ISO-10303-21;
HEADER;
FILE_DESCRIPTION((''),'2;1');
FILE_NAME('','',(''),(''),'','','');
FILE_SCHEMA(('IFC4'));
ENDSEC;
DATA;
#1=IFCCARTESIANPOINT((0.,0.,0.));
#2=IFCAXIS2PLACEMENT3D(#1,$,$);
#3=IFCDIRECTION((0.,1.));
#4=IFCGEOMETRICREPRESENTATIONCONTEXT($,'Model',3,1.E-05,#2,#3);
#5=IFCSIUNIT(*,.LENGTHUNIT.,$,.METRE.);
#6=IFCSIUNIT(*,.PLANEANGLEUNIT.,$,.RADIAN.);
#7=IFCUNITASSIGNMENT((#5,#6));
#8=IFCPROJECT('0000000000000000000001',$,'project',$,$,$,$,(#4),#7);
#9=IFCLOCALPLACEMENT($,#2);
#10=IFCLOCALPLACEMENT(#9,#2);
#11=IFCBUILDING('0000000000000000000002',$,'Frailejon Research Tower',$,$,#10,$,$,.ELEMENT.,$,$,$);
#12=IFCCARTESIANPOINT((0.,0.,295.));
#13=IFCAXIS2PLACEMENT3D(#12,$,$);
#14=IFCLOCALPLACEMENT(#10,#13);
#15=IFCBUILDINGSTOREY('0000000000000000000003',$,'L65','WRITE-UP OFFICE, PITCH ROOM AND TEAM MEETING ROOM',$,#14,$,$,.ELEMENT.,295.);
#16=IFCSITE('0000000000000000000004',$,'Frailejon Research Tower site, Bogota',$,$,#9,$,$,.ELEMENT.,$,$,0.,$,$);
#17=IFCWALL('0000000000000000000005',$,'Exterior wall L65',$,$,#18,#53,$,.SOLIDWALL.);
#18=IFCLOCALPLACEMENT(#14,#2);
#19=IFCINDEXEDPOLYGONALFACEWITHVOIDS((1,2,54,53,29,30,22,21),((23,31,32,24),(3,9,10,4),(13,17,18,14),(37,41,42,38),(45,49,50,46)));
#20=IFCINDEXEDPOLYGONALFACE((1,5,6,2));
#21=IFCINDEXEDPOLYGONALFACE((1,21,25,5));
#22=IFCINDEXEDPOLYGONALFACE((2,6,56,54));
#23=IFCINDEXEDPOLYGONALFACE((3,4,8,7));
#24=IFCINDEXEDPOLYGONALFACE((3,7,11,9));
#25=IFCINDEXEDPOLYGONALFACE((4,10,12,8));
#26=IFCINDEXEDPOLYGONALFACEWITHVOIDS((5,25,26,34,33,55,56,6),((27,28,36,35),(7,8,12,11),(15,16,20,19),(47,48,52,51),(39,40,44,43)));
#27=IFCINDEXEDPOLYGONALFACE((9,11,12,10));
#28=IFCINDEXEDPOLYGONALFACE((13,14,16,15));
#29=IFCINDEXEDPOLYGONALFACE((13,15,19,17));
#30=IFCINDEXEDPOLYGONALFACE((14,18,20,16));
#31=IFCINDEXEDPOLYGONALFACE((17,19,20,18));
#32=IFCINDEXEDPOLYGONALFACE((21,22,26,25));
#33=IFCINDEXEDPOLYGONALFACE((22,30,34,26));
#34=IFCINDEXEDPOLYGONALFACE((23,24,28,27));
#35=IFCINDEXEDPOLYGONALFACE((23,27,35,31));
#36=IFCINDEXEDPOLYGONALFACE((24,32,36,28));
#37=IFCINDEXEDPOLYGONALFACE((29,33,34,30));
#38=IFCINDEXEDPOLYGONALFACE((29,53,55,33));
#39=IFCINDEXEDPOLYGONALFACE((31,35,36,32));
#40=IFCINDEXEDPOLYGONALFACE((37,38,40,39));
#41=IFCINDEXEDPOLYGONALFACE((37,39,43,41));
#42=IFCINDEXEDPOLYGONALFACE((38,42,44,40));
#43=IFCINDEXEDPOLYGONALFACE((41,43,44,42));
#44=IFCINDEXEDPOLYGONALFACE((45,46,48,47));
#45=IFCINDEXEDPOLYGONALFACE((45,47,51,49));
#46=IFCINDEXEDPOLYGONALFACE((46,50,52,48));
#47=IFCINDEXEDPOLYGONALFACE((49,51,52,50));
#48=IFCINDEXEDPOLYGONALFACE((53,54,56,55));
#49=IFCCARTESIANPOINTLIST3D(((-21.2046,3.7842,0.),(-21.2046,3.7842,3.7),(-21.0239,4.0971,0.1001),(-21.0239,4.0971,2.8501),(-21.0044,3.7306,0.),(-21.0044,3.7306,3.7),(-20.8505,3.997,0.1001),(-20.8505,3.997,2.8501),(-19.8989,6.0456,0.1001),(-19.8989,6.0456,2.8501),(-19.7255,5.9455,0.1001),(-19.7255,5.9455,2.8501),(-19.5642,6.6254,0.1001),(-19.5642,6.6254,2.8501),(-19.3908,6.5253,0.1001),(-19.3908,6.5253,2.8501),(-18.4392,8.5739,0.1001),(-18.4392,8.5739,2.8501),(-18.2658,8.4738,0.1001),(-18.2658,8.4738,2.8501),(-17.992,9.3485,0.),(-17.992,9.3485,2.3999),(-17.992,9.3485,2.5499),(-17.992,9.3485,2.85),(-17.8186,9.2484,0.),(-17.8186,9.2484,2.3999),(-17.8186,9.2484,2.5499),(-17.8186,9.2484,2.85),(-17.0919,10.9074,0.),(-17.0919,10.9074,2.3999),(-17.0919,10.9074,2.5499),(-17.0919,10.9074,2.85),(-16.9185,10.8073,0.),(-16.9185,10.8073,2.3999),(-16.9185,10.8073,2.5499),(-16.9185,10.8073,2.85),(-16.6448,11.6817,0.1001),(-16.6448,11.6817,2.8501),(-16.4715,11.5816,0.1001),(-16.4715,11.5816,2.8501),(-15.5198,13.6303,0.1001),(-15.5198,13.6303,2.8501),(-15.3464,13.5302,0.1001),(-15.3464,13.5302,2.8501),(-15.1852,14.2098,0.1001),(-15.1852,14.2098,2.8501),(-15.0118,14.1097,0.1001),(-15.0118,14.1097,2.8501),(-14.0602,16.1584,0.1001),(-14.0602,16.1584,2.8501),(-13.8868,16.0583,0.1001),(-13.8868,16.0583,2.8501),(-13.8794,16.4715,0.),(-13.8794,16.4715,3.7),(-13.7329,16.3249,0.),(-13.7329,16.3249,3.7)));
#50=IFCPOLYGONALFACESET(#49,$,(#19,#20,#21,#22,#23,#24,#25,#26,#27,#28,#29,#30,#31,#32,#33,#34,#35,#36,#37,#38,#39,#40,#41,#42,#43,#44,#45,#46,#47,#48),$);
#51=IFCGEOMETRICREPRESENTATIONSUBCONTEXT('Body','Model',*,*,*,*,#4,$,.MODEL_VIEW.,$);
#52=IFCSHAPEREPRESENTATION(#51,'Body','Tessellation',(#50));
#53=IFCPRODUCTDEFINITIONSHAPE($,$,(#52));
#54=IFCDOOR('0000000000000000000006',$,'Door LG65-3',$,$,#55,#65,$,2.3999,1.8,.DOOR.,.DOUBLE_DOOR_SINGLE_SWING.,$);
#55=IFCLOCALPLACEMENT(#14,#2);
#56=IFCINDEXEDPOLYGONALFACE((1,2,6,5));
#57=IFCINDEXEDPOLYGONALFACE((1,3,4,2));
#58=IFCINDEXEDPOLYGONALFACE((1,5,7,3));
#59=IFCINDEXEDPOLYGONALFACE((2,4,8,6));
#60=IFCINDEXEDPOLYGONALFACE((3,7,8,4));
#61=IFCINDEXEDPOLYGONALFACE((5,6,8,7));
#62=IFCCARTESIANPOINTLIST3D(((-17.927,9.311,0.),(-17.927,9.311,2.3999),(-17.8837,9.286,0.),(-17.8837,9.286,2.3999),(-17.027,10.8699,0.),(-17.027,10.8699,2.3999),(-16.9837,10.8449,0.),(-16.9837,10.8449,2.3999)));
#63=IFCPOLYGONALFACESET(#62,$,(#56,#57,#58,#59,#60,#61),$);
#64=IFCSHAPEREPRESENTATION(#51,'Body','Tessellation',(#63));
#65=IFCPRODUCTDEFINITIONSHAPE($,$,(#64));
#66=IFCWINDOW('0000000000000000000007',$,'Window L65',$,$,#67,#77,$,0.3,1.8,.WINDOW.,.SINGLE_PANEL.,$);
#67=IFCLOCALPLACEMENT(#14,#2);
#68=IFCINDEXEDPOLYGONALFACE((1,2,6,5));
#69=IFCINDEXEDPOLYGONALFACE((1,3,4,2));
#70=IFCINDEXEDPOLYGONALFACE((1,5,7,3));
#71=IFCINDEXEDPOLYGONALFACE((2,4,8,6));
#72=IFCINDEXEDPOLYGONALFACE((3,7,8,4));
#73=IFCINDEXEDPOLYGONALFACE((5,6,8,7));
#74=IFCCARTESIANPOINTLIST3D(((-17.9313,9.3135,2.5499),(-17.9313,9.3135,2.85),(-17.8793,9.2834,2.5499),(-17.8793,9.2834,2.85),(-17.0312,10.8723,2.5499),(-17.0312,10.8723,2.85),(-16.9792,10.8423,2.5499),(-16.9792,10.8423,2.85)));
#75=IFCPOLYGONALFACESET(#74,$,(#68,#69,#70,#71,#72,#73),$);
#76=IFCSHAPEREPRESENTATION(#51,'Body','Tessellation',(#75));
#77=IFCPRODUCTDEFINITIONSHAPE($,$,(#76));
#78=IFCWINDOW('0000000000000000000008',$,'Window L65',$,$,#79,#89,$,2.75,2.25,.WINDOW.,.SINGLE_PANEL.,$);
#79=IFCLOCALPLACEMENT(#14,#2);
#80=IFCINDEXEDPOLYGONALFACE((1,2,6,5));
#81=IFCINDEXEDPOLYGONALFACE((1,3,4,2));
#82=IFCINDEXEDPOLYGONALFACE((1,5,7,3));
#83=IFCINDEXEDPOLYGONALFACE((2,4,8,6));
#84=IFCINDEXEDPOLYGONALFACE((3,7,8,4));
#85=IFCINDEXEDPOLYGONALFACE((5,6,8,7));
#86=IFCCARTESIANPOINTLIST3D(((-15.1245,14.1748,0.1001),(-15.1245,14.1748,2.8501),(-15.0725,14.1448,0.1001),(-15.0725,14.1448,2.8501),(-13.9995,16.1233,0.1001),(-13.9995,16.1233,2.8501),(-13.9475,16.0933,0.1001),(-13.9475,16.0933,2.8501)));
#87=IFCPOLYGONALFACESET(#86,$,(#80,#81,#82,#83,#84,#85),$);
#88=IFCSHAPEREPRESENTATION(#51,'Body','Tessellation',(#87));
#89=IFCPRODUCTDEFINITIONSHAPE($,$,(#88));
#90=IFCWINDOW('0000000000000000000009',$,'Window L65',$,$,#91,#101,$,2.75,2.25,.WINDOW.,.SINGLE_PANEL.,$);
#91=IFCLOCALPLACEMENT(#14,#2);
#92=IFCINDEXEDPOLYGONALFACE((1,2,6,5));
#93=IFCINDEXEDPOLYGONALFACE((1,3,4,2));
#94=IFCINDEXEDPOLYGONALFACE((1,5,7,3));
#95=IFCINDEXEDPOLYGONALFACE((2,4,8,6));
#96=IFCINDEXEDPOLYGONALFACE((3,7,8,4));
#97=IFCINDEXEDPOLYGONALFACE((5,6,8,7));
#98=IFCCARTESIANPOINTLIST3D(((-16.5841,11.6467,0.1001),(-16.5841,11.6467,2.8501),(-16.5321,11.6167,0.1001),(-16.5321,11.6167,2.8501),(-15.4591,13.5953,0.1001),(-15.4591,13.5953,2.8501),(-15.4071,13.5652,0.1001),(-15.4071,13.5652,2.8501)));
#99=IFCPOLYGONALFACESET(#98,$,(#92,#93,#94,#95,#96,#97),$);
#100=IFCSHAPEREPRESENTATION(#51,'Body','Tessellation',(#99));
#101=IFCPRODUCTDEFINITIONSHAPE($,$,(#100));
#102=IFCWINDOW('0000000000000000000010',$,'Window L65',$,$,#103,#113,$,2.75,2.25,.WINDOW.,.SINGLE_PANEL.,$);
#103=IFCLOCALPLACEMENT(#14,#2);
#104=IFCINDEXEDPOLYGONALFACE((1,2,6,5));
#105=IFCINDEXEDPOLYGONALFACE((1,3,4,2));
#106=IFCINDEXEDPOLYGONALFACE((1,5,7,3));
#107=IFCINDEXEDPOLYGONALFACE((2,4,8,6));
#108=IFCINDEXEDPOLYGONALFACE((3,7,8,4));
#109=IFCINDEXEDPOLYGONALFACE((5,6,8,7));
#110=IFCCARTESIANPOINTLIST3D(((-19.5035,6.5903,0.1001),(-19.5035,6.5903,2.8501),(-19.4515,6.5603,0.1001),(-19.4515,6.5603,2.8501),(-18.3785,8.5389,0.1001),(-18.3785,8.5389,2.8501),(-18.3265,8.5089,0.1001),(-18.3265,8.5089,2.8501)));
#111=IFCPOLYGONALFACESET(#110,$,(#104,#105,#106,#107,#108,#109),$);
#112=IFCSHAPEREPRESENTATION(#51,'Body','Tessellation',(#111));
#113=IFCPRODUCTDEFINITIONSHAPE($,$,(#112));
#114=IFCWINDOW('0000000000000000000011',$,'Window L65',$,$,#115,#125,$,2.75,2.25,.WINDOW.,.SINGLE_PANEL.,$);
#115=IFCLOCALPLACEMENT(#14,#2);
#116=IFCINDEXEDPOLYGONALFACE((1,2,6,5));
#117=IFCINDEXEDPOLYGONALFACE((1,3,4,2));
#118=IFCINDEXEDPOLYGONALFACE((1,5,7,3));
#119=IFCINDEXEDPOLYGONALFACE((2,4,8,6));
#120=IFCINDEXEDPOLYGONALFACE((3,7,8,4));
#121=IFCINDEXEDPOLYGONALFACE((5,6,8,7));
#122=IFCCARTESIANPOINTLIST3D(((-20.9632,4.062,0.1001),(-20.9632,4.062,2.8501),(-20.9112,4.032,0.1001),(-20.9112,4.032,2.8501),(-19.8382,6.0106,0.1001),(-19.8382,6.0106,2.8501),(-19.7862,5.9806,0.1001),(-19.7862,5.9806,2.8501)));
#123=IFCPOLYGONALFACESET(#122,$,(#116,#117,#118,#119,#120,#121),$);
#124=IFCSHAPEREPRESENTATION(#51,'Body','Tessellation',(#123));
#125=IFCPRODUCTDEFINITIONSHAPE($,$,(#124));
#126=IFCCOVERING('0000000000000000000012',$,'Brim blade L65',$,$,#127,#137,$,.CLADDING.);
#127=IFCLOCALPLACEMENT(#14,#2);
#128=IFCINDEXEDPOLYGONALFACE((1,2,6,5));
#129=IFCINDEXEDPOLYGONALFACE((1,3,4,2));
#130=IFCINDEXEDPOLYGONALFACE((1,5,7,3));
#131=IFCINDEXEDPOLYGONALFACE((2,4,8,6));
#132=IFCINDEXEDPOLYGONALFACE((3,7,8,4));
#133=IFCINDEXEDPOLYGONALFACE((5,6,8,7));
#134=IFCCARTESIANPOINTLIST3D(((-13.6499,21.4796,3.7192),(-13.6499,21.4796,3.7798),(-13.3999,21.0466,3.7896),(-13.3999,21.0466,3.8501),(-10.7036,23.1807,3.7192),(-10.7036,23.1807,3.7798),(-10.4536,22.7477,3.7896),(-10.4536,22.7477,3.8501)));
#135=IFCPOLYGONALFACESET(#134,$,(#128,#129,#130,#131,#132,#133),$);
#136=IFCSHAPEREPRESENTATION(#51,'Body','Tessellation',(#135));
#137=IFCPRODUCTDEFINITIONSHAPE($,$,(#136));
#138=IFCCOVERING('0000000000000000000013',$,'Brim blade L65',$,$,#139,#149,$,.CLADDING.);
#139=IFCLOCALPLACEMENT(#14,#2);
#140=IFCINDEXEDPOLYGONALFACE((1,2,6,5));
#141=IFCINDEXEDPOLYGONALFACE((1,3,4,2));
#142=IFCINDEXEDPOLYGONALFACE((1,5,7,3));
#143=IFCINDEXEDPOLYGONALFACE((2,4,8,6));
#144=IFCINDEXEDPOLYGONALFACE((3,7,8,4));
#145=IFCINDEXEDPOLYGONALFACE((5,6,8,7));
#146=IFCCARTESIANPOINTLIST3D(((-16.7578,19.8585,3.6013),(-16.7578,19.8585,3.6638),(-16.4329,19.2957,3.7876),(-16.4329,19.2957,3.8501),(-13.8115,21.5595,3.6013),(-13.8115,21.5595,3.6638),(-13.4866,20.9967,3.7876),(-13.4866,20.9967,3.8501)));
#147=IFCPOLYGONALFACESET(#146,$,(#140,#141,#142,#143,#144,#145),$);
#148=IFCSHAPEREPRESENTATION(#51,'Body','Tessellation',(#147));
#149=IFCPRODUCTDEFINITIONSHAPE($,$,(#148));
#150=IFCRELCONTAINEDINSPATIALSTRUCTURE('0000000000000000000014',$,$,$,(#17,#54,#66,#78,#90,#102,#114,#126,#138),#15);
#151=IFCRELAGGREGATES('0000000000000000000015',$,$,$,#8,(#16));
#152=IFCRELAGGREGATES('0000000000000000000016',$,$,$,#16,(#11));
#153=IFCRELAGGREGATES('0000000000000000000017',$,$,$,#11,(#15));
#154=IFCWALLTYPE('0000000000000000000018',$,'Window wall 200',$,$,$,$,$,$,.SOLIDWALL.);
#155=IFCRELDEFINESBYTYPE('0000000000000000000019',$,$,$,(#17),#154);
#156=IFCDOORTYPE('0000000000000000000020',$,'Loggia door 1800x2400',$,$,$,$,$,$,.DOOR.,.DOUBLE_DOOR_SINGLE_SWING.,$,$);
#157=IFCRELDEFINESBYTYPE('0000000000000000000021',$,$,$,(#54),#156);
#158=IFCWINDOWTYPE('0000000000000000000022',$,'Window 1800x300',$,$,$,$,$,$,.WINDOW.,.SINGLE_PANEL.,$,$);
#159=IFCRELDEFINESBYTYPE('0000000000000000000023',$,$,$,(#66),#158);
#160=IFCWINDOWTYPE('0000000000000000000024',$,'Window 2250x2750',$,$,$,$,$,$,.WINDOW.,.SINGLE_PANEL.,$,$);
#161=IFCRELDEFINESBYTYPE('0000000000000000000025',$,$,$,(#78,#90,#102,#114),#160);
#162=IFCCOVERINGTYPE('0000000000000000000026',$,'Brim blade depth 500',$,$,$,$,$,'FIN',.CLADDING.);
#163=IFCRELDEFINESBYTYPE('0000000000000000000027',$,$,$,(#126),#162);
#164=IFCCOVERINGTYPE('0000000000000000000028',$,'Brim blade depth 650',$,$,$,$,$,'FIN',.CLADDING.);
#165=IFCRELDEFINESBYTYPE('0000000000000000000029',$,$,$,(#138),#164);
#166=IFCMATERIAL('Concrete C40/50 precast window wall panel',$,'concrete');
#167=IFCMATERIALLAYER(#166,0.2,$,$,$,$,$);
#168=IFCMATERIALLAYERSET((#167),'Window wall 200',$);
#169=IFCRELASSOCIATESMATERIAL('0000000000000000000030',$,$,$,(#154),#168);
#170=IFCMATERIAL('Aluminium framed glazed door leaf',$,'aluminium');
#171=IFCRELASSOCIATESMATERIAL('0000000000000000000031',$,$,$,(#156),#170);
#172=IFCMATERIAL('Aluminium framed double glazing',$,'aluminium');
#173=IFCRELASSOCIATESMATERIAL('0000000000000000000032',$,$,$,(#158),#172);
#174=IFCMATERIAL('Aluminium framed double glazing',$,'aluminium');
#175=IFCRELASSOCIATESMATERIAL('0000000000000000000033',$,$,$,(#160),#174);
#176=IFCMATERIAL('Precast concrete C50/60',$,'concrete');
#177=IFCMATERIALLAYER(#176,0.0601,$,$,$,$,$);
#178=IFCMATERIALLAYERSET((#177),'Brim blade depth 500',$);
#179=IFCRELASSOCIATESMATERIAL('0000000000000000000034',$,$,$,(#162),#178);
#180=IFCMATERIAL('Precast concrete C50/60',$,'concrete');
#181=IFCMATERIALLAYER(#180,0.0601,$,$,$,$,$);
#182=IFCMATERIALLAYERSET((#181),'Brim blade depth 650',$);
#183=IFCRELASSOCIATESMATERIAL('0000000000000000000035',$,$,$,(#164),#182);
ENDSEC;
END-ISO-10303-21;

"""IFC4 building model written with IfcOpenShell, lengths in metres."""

from ifc_helpers import new_model, si_unit, direction, frame, frame_2d, origin, place, context, subcontext, project, spatial, polyline, rectangle, outline, extrude, material, layer, layer_set, type_object, element, fill, save


model = new_model("IFC4")

# Units and contexts
model_context = context("Model", 3, precision=1e-05, world=origin(), true_north=direction((0.0, 1.0)))
body_context = subcontext(model_context, "Body", "Model", "MODEL_VIEW")
ifc_project = project(units=[si_unit("LENGTHUNIT", "METRE"), si_unit("PLANEANGLEUNIT", "RADIAN")], contexts=[model_context])

# Site, building, storey
site_placement = place(None, origin())
site = spatial("IfcSite", under=ifc_project, at=site_placement, Name="Frailejon Research Tower site, Bogota", CompositionType="ELEMENT", RefElevation=0.0)
building_placement = place(site_placement, origin())
building = spatial("IfcBuilding", under=site, at=building_placement, Name="Frailejon Research Tower", CompositionType="ELEMENT")
storey_placement = place(building_placement, frame((0.0, 0.0, 295.0)))
storey = spatial("IfcBuildingStorey", under=building, at=storey_placement, Name="L65", Description="WRITE-UP OFFICE, PITCH ROOM AND TEAM MEETING ROOM", CompositionType="ELEMENT", Elevation=295.0)

# Wall, openings, door, windows
ifc_material_1 = material(Name="Concrete C40/50 precast window wall panel", Category="concrete")
ifc_layer_1 = layer(ifc_material_1, 0.2)
ifc_layer_set_1 = layer_set([ifc_layer_1], Name="Window wall 200")
wall_type_1 = type_object("IfcWallType", Name="Window wall 200", PredefinedType="SOLIDWALL", material=ifc_layer_set_1)
wall_1_placement = place(storey_placement, frame((-13.8062, 16.3982, 0.0), z_axis=(0.0, 0.0, 1.0), x_axis=(-0.500007, -0.866022, 0.0)))
wall_1 = element("IfcWall", 1, at=wall_1_placement, inside=storey, type_object=wall_type_1, Name="Exterior wall L65", PredefinedType="SOLIDWALL", context=body_context, shape_type="SweptSolid", body=[
    extrude(outline(polyline([(-0.0269, -0.1001), (1.0195, -0.1001), (2.0659, -0.1001), (3.1125, -0.1001), (4.1589, -0.1001), (5.2053, -0.1001), (6.2517, -0.1001), (7.2983, -0.1001), (8.3447, -0.1001), (9.3911, -0.1001), (10.4375, -0.1001), (11.4839, -0.1001), (12.5305, -0.1001), (13.5769, -0.1001), (14.6233, -0.1001), (14.5696, 0.1001), (13.5308, 0.1001), (12.4919, 0.1001), (11.4534, 0.1001), (10.4146, 0.1001), (9.3757, 0.1001), (8.3369, 0.1001), (7.2983, 0.1001), (6.2595, 0.1001), (5.2207, 0.1001), (4.1819, 0.1001), (3.1431, 0.1001), (2.1045, 0.1001), (1.0657, 0.1001), (0.0269, 0.1001), (-0.0269, -0.1001)])), origin(), (0.0, 0.0, 1.0), 3.7),
])
opening_1_placement = place(wall_1_placement, frame((0.3347, 0.0, 0.1001)))
opening_1 = element("IfcOpeningElement", 2, at=opening_1_placement, cuts=wall_1, PredefinedType="OPENING", context=body_context, shape_type="SweptSolid", body=[
    extrude(rectangle(XDim=2.25, YDim=2.75, at=frame_2d((1.125, 1.375))), frame((0.0, 0.1099, 0.0), z_axis=(0.0, -1.0, 0.0), x_axis=(1.0, 0.0, 0.0)), (0.0, 0.0, 1.0), 0.22),
])
opening_2_placement = place(wall_1_placement, frame((3.2539, 0.0, 0.1001)))
opening_2 = element("IfcOpeningElement", 3, at=opening_2_placement, cuts=wall_1, PredefinedType="OPENING", context=body_context, shape_type="SweptSolid", body=[
    extrude(rectangle(XDim=2.25, YDim=2.75, at=frame_2d((1.125, 1.375))), frame((0.0, 0.1099, 0.0), z_axis=(0.0, -1.0, 0.0), x_axis=(1.0, 0.0, 0.0)), (0.0, 0.0, 1.0), 0.22),
])
opening_3_placement = place(wall_1_placement, frame((6.3982, 0.0, 0.0)))
opening_3 = element("IfcOpeningElement", 4, at=opening_3_placement, cuts=wall_1, PredefinedType="OPENING", context=body_context, shape_type="SweptSolid", body=[
    extrude(rectangle(XDim=1.8, YDim=2.3999, at=frame_2d((0.8999, 1.2))), frame((0.0, 0.1099, 0.0), z_axis=(0.0, -1.0, 0.0), x_axis=(1.0, 0.0, 0.0)), (0.0, 0.0, 1.0), 0.22),
])
opening_4_placement = place(wall_1_placement, frame((6.3982, 0.0, 2.55)))
opening_4 = element("IfcOpeningElement", 5, at=opening_4_placement, cuts=wall_1, PredefinedType="OPENING", context=body_context, shape_type="SweptSolid", body=[
    extrude(rectangle(XDim=1.8, YDim=0.3, at=frame_2d((0.8999, 0.1499))), frame((0.0, 0.1099, 0.0), z_axis=(0.0, -1.0, 0.0), x_axis=(1.0, 0.0, 0.0)), (0.0, 0.0, 1.0), 0.22),
])
opening_5_placement = place(wall_1_placement, frame((9.0925, 0.0, 0.1001)))
opening_5 = element("IfcOpeningElement", 6, at=opening_5_placement, cuts=wall_1, PredefinedType="OPENING", context=body_context, shape_type="SweptSolid", body=[
    extrude(rectangle(XDim=2.25, YDim=2.75, at=frame_2d((1.125, 1.375))), frame((0.0, 0.1099, 0.0), z_axis=(0.0, -1.0, 0.0), x_axis=(1.0, 0.0, 0.0)), (0.0, 0.0, 1.0), 0.22),
])
opening_6_placement = place(wall_1_placement, frame((12.012, 0.0, 0.1001)))
opening_6 = element("IfcOpeningElement", 7, at=opening_6_placement, cuts=wall_1, PredefinedType="OPENING", context=body_context, shape_type="SweptSolid", body=[
    extrude(rectangle(XDim=2.25, YDim=2.75, at=frame_2d((1.125, 1.375))), frame((0.0, 0.1099, 0.0), z_axis=(0.0, -1.0, 0.0), x_axis=(1.0, 0.0, 0.0)), (0.0, 0.0, 1.0), 0.22),
])
ifc_material_2 = material(Name="Aluminium framed glazed door leaf", Category="aluminium")
door_type_1 = type_object("IfcDoorType", Name="Loggia door 1800x2400", OperationType="DOUBLE_DOOR_SINGLE_SWING", PredefinedType="DOOR", material=ifc_material_2)
door_1_placement = place(opening_3_placement, origin())
door_1 = element("IfcDoor", 8, at=door_1_placement, inside=storey, type_object=door_type_1, Name="Door LG65-3", OperationType="DOUBLE_DOOR_SINGLE_SWING", OverallHeight=2.3999, OverallWidth=1.8, PredefinedType="DOOR", context=body_context, shape_type="SweptSolid", body=[
    extrude(rectangle(XDim=1.8, YDim=2.3999, at=frame_2d((0.8999, 1.2))), frame((0.0, 0.0249, 0.0), z_axis=(0.0, -1.0, 0.0), x_axis=(1.0, 0.0, 0.0)), (0.0, 0.0, 1.0), 0.05),
])
fill(opening_3, door_1)
ifc_material_3 = material(Name="Aluminium framed double glazing", Category="aluminium")
window_type_1 = type_object("IfcWindowType", Name="Window 1800x300", PartitioningType="SINGLE_PANEL", PredefinedType="WINDOW", material=ifc_material_3)
window_1_placement = place(opening_4_placement, origin())
window_1 = element("IfcWindow", 9, at=window_1_placement, inside=storey, type_object=window_type_1, Name="Window L65", OverallHeight=0.3, OverallWidth=1.8, PartitioningType="SINGLE_PANEL", PredefinedType="WINDOW", context=body_context, shape_type="SweptSolid", body=[
    extrude(rectangle(XDim=1.8, YDim=0.3, at=frame_2d((0.8999, 0.1499))), frame((0.0, 0.03, 0.0), z_axis=(0.0, -1.0, 0.0), x_axis=(1.0, 0.0, 0.0)), (0.0, 0.0, 1.0), 0.0601),
])
fill(opening_4, window_1)
ifc_material_4 = material(Name="Aluminium framed double glazing", Category="aluminium")
window_type_2 = type_object("IfcWindowType", Name="Window 2250x2750", PartitioningType="SINGLE_PANEL", PredefinedType="WINDOW", material=ifc_material_4)
window_2_placement = place(opening_1_placement, origin())
window_2 = element("IfcWindow", 10, at=window_2_placement, inside=storey, type_object=window_type_2, Name="Window L65", OverallHeight=2.75, OverallWidth=2.25, PartitioningType="SINGLE_PANEL", PredefinedType="WINDOW", context=body_context, shape_type="SweptSolid", body=[
    extrude(rectangle(XDim=2.25, YDim=2.75, at=frame_2d((1.125, 1.375))), frame((0.0, 0.03, 0.0), z_axis=(0.0, -1.0, 0.0), x_axis=(1.0, 0.0, 0.0)), (0.0, 0.0, 1.0), 0.0601),
])
fill(opening_1, window_2)
window_3_placement = place(opening_2_placement, origin())
window_3 = element("IfcWindow", 11, at=window_3_placement, inside=storey, type_object=window_type_2, Name="Window L65", OverallHeight=2.75, OverallWidth=2.25, PartitioningType="SINGLE_PANEL", PredefinedType="WINDOW", context=body_context, shape_type="SweptSolid", body=[
    extrude(rectangle(XDim=2.25, YDim=2.75, at=frame_2d((1.125, 1.375))), frame((0.0, 0.03, 0.0), z_axis=(0.0, -1.0, 0.0), x_axis=(1.0, 0.0, 0.0)), (0.0, 0.0, 1.0), 0.0601),
])
fill(opening_2, window_3)
window_4_placement = place(opening_5_placement, origin())
window_4 = element("IfcWindow", 12, at=window_4_placement, inside=storey, type_object=window_type_2, Name="Window L65", OverallHeight=2.75, OverallWidth=2.25, PartitioningType="SINGLE_PANEL", PredefinedType="WINDOW", context=body_context, shape_type="SweptSolid", body=[
    extrude(rectangle(XDim=2.25, YDim=2.75, at=frame_2d((1.125, 1.375))), frame((0.0, 0.03, 0.0), z_axis=(0.0, -1.0, 0.0), x_axis=(1.0, 0.0, 0.0)), (0.0, 0.0, 1.0), 0.0601),
])
fill(opening_5, window_4)
window_5_placement = place(opening_6_placement, origin())
window_5 = element("IfcWindow", 13, at=window_5_placement, inside=storey, type_object=window_type_2, Name="Window L65", OverallHeight=2.75, OverallWidth=2.25, PartitioningType="SINGLE_PANEL", PredefinedType="WINDOW", context=body_context, shape_type="SweptSolid", body=[
    extrude(rectangle(XDim=2.25, YDim=2.75, at=frame_2d((1.125, 1.375))), frame((0.0, 0.03, 0.0), z_axis=(0.0, -1.0, 0.0), x_axis=(1.0, 0.0, 0.0)), (0.0, 0.0, 1.0), 0.0601),
])
fill(opening_6, window_5)

# Coverings
ifc_material_5 = material(Name="Precast concrete C50/60", Category="concrete")
ifc_layer_2 = layer(ifc_material_5, 0.0601)
ifc_layer_set_2 = layer_set([ifc_layer_2], Name="Brim blade depth 500")
covering_type_1 = type_object("IfcCoveringType", Name="Brim blade depth 500", ElementType="FIN", PredefinedType="CLADDING", material=ifc_layer_set_2)
covering_1_placement = place(storey_placement, frame((-13.3999, 21.0466, 3.8501), z_axis=(0.866024, 0.500003, 0.0), x_axis=(-0.500003, 0.866024, 0.0)))
element("IfcCovering", 14, at=covering_1_placement, inside=storey, type_object=covering_type_1, Name="Brim blade L65", PredefinedType="CLADDING", context=body_context, shape_type="SweptSolid", body=[
    extrude(outline(polyline([(0.0, -0.0605), (0.5, -0.1309), (0.5, -0.0703), (0.0, 0.0), (0.0, -0.0605)])), origin(), (0.0, 0.0, 1.0), 3.4021),
])
ifc_material_6 = material(Name="Precast concrete C50/60", Category="concrete")
ifc_layer_3 = layer(ifc_material_6, 0.0601)
ifc_layer_set_3 = layer_set([ifc_layer_3], Name="Brim blade depth 650")
covering_type_2 = type_object("IfcCoveringType", Name="Brim blade depth 650", ElementType="FIN", PredefinedType="CLADDING", material=ifc_layer_set_3)
covering_2_placement = place(storey_placement, frame((-16.4329, 19.2957, 3.8501), z_axis=(0.866024, 0.500003, 0.0), x_axis=(-0.500003, 0.866024, 0.0)))
element("IfcCovering", 15, at=covering_2_placement, inside=storey, type_object=covering_type_2, Name="Brim blade L65", PredefinedType="CLADDING", context=body_context, shape_type="SweptSolid", body=[
    extrude(outline(polyline([(0.0, -0.0625), (0.6499, -0.2488), (0.6499, -0.1863), (0.0, 0.0), (0.0, -0.0625)])), origin(), (0.0, 0.0, 1.0), 3.4021),
])

save(model, "model.ifc")
